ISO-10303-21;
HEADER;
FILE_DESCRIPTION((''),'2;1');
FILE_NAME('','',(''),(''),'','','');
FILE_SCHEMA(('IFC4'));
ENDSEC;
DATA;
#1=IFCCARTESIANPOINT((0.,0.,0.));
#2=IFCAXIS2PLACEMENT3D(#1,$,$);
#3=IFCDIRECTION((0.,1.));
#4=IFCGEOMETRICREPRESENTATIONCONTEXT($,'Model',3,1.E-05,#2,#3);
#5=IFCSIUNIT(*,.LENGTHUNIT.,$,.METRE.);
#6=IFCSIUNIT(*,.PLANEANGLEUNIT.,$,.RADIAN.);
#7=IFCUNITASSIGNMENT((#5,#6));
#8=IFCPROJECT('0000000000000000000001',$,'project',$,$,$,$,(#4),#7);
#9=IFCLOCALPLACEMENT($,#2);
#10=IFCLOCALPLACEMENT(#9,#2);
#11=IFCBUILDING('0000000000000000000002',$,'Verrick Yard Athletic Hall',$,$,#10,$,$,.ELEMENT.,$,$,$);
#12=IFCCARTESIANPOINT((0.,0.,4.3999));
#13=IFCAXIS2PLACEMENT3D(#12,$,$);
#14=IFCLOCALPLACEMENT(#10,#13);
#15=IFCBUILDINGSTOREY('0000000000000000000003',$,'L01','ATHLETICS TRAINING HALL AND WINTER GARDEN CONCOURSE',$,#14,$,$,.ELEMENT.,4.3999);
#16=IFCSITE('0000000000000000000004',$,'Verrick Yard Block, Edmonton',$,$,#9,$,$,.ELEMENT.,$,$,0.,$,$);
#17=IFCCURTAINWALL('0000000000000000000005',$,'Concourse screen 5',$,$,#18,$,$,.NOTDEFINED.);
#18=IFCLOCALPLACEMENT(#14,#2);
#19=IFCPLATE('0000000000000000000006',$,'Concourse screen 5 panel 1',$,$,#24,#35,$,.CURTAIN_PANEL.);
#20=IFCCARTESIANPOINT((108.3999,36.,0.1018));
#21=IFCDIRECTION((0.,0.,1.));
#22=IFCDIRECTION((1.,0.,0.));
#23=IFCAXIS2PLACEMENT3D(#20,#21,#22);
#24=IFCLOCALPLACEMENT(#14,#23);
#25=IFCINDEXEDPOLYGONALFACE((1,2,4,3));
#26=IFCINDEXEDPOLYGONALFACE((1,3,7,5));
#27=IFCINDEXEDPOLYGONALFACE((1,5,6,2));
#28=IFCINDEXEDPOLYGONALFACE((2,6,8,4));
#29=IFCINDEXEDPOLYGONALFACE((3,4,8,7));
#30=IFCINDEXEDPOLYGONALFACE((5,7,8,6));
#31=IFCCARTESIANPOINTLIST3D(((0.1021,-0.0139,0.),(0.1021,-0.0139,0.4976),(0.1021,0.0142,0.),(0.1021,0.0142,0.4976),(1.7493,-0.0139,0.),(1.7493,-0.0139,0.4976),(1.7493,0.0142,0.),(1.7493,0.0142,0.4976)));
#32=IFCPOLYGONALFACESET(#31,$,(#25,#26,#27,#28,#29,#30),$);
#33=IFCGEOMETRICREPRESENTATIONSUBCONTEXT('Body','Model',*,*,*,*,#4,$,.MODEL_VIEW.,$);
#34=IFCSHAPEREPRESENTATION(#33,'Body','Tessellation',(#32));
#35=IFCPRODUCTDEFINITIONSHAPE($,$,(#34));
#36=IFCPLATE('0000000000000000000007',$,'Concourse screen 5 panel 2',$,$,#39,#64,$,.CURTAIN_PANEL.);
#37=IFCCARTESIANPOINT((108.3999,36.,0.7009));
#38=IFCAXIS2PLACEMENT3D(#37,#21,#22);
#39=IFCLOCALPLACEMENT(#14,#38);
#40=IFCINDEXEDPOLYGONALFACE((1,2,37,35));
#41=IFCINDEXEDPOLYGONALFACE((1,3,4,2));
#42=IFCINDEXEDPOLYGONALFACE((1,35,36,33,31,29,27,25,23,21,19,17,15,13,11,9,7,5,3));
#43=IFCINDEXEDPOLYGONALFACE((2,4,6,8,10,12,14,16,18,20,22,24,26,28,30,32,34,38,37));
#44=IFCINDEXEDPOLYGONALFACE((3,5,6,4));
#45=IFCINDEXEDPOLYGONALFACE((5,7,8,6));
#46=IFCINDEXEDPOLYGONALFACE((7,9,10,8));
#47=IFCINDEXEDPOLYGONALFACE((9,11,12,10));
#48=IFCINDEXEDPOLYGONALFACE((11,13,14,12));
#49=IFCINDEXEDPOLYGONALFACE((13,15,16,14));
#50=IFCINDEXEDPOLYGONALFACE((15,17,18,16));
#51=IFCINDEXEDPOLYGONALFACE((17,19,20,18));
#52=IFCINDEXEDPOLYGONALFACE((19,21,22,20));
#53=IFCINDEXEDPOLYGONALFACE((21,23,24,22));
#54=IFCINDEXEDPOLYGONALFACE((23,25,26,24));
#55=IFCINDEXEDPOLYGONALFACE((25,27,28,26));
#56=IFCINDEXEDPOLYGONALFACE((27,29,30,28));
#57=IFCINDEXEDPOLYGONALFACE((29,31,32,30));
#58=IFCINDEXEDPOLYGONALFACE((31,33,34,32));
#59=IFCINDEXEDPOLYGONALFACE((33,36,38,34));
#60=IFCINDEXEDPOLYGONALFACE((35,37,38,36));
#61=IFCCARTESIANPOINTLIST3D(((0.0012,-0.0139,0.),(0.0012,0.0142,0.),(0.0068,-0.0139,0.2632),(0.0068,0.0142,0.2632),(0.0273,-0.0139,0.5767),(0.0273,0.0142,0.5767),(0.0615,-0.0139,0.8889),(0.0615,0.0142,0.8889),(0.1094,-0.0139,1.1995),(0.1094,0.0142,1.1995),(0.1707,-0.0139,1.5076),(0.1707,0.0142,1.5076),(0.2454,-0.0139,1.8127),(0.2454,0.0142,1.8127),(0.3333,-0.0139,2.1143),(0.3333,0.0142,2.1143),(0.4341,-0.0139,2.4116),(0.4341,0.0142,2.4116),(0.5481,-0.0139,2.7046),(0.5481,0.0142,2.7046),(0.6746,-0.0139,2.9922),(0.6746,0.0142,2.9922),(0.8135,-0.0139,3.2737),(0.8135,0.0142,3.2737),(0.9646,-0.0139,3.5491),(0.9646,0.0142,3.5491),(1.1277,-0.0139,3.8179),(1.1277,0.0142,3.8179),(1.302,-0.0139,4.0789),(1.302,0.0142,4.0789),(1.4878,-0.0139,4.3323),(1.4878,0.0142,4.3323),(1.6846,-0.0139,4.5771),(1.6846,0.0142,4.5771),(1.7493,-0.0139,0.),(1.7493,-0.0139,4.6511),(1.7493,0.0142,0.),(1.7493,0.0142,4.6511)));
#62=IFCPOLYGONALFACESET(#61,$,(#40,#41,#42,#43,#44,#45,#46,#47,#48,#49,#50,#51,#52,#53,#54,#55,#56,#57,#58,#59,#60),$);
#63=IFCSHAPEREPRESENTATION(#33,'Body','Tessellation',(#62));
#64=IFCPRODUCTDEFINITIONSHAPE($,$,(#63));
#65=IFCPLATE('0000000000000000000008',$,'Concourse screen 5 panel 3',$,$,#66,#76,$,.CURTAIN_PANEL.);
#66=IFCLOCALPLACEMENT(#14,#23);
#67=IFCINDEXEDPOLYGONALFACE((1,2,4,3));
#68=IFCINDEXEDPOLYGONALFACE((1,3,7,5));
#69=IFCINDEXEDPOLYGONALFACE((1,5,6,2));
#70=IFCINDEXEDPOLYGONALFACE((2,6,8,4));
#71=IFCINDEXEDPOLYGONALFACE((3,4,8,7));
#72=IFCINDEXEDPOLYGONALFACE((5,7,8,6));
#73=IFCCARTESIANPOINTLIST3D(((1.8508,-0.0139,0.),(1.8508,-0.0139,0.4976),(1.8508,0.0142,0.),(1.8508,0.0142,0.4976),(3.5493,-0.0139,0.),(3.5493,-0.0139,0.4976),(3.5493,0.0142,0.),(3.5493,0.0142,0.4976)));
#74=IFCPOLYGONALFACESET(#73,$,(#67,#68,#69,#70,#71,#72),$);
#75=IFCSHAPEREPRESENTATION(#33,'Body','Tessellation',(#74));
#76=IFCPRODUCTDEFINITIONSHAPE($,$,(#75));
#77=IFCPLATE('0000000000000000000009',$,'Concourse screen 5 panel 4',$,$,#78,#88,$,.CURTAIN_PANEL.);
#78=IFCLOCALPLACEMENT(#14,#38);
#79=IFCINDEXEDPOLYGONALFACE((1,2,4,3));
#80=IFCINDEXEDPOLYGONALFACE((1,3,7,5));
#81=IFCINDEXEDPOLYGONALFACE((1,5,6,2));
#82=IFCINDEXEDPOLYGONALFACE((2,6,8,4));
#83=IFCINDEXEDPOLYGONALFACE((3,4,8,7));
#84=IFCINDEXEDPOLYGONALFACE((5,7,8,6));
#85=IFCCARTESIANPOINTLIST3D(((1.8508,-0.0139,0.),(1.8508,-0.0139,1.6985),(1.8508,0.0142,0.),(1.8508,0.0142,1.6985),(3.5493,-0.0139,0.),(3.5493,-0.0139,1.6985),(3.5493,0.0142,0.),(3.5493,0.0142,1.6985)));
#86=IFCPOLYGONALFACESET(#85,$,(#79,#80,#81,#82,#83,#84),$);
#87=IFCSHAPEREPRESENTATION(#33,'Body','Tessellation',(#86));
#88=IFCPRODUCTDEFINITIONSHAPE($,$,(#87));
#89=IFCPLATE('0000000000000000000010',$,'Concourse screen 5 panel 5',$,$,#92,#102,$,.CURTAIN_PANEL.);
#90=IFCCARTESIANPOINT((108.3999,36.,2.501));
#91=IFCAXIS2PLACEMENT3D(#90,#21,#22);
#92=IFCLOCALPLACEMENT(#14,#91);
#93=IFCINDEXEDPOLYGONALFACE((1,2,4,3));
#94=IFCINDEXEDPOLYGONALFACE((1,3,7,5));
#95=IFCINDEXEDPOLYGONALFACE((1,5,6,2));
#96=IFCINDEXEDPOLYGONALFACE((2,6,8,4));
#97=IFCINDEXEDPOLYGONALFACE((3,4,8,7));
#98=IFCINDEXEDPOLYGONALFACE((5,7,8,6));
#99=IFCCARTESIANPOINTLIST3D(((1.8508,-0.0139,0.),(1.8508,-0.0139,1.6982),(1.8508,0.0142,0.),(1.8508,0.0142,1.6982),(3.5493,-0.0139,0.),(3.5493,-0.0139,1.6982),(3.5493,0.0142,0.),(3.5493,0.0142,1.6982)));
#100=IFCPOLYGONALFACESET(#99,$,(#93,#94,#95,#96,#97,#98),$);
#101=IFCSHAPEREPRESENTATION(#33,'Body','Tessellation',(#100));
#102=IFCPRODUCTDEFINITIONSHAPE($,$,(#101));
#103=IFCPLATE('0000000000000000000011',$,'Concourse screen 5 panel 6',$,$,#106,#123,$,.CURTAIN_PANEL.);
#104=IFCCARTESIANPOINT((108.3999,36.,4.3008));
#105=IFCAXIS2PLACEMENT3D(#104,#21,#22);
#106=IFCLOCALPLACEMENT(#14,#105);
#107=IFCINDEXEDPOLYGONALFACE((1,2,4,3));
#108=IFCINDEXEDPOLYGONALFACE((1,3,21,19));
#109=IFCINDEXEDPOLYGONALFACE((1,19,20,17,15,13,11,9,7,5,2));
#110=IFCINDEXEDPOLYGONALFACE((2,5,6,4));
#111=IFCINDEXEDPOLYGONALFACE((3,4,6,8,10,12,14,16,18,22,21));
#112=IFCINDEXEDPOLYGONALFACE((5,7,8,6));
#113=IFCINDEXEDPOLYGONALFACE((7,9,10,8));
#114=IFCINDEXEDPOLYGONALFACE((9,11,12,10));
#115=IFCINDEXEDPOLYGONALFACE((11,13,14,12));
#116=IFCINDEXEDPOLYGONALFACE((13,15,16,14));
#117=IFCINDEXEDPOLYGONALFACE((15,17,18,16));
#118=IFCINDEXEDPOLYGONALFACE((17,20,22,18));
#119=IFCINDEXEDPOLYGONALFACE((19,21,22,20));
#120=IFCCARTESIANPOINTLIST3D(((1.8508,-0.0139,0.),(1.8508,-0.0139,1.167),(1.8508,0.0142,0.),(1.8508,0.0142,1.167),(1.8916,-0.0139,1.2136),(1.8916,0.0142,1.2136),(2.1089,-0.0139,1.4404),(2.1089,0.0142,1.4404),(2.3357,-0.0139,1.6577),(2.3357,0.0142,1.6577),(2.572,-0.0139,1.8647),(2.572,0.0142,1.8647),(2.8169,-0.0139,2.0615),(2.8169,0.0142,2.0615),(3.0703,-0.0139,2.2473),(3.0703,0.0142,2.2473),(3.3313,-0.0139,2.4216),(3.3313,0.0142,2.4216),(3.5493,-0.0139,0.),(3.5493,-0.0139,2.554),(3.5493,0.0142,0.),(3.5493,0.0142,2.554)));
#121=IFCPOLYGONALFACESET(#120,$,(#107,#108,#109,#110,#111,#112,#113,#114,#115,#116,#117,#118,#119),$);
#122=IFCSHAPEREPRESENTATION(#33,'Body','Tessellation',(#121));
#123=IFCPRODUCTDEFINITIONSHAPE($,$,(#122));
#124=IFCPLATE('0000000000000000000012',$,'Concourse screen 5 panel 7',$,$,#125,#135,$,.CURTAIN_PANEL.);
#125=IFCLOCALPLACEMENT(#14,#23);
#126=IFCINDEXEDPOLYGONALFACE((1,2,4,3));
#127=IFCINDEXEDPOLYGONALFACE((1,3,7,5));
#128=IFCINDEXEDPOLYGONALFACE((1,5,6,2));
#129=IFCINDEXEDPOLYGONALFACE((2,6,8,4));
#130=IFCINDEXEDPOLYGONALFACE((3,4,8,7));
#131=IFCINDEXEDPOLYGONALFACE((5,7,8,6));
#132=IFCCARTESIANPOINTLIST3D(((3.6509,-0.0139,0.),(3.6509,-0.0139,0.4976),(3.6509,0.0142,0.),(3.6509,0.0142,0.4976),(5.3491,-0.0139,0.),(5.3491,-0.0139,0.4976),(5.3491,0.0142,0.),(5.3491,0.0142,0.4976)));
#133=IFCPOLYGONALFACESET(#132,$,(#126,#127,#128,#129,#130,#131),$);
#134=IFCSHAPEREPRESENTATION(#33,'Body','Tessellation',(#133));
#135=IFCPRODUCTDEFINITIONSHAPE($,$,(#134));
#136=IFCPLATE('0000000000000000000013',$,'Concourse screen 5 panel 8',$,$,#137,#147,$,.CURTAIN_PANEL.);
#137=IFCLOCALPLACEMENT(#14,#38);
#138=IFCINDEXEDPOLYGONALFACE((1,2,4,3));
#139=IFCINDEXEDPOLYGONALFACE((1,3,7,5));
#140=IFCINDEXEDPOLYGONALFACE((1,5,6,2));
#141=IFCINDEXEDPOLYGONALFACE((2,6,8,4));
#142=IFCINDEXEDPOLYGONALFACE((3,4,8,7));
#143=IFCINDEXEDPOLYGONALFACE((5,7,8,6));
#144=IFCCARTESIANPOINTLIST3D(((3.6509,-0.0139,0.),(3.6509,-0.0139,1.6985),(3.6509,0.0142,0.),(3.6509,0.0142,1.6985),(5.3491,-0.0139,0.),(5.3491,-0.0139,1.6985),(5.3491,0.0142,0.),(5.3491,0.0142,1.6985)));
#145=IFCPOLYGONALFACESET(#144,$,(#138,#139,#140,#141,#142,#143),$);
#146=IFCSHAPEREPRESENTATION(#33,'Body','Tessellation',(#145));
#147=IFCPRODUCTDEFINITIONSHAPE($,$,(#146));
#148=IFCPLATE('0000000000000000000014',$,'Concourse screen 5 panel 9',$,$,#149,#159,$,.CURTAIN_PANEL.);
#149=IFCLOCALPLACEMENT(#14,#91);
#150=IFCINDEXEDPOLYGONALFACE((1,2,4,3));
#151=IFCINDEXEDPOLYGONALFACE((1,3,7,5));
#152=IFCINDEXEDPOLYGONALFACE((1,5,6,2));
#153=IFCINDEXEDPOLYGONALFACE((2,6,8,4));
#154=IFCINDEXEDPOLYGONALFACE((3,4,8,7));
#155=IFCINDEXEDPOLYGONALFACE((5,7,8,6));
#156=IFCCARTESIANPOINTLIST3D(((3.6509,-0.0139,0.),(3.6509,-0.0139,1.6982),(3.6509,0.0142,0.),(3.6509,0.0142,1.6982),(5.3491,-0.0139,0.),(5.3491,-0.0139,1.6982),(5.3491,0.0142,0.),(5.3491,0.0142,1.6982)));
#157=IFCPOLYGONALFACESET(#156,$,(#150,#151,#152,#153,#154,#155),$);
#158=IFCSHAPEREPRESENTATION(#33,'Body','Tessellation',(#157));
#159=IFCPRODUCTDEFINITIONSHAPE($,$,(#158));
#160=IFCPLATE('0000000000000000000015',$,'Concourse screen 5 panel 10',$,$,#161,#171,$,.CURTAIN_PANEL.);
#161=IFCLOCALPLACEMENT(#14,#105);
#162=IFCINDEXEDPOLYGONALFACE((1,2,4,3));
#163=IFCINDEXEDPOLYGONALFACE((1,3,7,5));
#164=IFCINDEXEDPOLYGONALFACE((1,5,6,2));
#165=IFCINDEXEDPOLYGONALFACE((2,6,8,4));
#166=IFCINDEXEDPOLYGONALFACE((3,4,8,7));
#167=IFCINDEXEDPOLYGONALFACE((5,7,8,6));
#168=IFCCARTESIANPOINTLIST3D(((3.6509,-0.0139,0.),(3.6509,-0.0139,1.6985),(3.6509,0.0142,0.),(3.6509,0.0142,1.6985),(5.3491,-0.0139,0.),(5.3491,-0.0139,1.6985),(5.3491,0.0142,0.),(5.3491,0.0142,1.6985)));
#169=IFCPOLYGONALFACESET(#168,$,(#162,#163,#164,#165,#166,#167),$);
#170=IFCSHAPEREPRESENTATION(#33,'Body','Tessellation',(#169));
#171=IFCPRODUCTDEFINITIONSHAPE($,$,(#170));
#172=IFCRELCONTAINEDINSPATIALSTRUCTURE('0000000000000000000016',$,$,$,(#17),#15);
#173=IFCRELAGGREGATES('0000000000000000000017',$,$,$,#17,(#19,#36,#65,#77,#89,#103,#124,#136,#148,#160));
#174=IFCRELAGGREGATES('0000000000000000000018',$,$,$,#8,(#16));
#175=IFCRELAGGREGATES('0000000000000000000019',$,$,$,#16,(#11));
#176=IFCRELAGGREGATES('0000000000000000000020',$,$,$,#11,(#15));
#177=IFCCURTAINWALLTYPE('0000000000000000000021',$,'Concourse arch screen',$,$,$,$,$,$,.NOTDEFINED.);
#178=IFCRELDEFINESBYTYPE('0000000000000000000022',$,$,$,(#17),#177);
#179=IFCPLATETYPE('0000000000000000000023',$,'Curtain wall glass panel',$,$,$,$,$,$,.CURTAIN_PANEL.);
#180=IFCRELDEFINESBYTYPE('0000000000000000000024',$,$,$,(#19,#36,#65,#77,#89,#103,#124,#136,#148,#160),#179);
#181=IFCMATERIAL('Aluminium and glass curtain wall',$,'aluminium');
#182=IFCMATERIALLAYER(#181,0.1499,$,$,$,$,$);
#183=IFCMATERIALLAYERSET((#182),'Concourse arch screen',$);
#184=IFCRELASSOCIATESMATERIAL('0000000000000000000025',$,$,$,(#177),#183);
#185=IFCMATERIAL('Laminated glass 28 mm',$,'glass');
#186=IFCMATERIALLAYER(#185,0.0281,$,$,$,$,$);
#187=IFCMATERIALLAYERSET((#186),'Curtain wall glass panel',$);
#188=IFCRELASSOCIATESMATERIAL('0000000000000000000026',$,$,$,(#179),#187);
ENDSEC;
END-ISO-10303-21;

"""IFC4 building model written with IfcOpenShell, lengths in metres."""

from ifc_helpers import new_model, si_unit, direction, frame, origin, place, context, subcontext, project, spatial, polyline, outline, extrude, material, layer, layer_set, type_object, element, aggregate, save


model = new_model("IFC4")

# Units and contexts
model_context = context("Model", 3, precision=1e-05, world=origin(), true_north=direction((0.0, 1.0)))
body_context = subcontext(model_context, "Body", "Model", "MODEL_VIEW")
ifc_project = project(units=[si_unit("LENGTHUNIT", "METRE"), si_unit("PLANEANGLEUNIT", "RADIAN")], contexts=[model_context])

# Site, building, storey
site_placement = place(None, origin())
site = spatial("IfcSite", under=ifc_project, at=site_placement, Name="Verrick Yard Block, Edmonton", CompositionType="ELEMENT", RefElevation=0.0)
building_placement = place(site_placement, origin())
building = spatial("IfcBuilding", under=site, at=building_placement, Name="Verrick Yard Athletic Hall", CompositionType="ELEMENT")
storey_placement = place(building_placement, frame((0.0, 0.0, 4.3999)))
storey = spatial("IfcBuildingStorey", under=building, at=storey_placement, Name="L01", Description="ATHLETICS TRAINING HALL AND WINTER GARDEN CONCOURSE", CompositionType="ELEMENT", Elevation=4.3999)

# Curtain wall, plates
ifc_material_1 = material(Name="Aluminium and glass curtain wall", Category="aluminium")
ifc_layer_1 = layer(ifc_material_1, 0.1499)
ifc_layer_set_1 = layer_set([ifc_layer_1], Name="Concourse arch screen")
curtain_wall_type = type_object("IfcCurtainWallType", Name="Concourse arch screen", PredefinedType="NOTDEFINED", material=ifc_layer_set_1)
curtain_wall_placement = place(storey_placement, origin())
curtain_wall = element("IfcCurtainWall", 1, at=curtain_wall_placement, inside=storey, type_object=curtain_wall_type, Name="Concourse screen 5", PredefinedType="NOTDEFINED")
ifc_material_2 = material(Name="Laminated glass 28 mm", Category="glass")
ifc_layer_2 = layer(ifc_material_2, 0.0281)
ifc_layer_set_2 = layer_set([ifc_layer_2], Name="Curtain wall glass panel")
plate_type = type_object("IfcPlateType", Name="Curtain wall glass panel", PredefinedType="CURTAIN_PANEL", material=ifc_layer_set_2)
plate_1_placement = place(storey_placement, frame((108.3999, 36.0, 0.1018), z_axis=(0.0, 0.0, 1.0), x_axis=(1.0, 0.0, 0.0)))
plate_1 = element("IfcPlate", 2, at=plate_1_placement, type_object=plate_type, Name="Concourse screen 5 panel 1", PredefinedType="CURTAIN_PANEL", context=body_context, shape_type="SweptSolid", body=[
    extrude(outline(polyline([(1.7493, 0.0), (1.7493, 0.4976), (0.1021, 0.4976), (0.1021, 0.0), (1.7493, 0.0)])), frame((0.0, 0.0142, 0.0), z_axis=(0.0, -1.0, 0.0), x_axis=(1.0, 0.0, 0.0)), (0.0, 0.0, 1.0), 0.0281),
])
plate_2_placement = place(storey_placement, frame((108.3999, 36.0, 0.7009), z_axis=(0.0, 0.0, 1.0), x_axis=(1.0, 0.0, 0.0)))
plate_2 = element("IfcPlate", 3, at=plate_2_placement, type_object=plate_type, Name="Concourse screen 5 panel 2", PredefinedType="CURTAIN_PANEL", context=body_context, shape_type="SweptSolid", body=[
    extrude(outline(polyline([(1.7493, 4.6511), (1.6846, 4.5771), (1.4878, 4.3323), (1.302, 4.0789), (1.1277, 3.8179), (0.9646, 3.5491), (0.8135, 3.2737), (0.6746, 2.9922), (0.5481, 2.7046), (0.4341, 2.4116), (0.3333, 2.1143), (0.2454, 1.8127), (0.1707, 1.5076), (0.1094, 1.1995), (0.0615, 0.8889), (0.0273, 0.5767), (0.0068, 0.2632), (0.0012, 0.0), (1.7493, 0.0), (1.7493, 4.6511)])), frame((0.0, 0.0142, 0.0), z_axis=(0.0, -1.0, 0.0), x_axis=(1.0, 0.0, 0.0)), (0.0, 0.0, 1.0), 0.0281),
])
plate_3_placement = place(storey_placement, frame((108.3999, 36.0, 0.1018), z_axis=(0.0, 0.0, 1.0), x_axis=(1.0, 0.0, 0.0)))
plate_3 = element("IfcPlate", 4, at=plate_3_placement, type_object=plate_type, Name="Concourse screen 5 panel 3", PredefinedType="CURTAIN_PANEL", context=body_context, shape_type="SweptSolid", body=[
    extrude(outline(polyline([(3.5493, 0.0), (3.5493, 0.4976), (1.8508, 0.4976), (1.8508, 0.0), (3.5493, 0.0)])), frame((0.0, 0.0142, 0.0), z_axis=(0.0, -1.0, 0.0), x_axis=(1.0, 0.0, 0.0)), (0.0, 0.0, 1.0), 0.0281),
])
plate_4_placement = place(storey_placement, frame((108.3999, 36.0, 0.7009), z_axis=(0.0, 0.0, 1.0), x_axis=(1.0, 0.0, 0.0)))
plate_4 = element("IfcPlate", 5, at=plate_4_placement, type_object=plate_type, Name="Concourse screen 5 panel 4", PredefinedType="CURTAIN_PANEL", context=body_context, shape_type="SweptSolid", body=[
    extrude(outline(polyline([(3.5493, 0.0), (3.5493, 1.6985), (1.8508, 1.6985), (1.8508, 0.0), (3.5493, 0.0)])), frame((0.0, 0.0142, 0.0), z_axis=(0.0, -1.0, 0.0), x_axis=(1.0, 0.0, 0.0)), (0.0, 0.0, 1.0), 0.0281),
])
plate_5_placement = place(storey_placement, frame((108.3999, 36.0, 2.501), z_axis=(0.0, 0.0, 1.0), x_axis=(1.0, 0.0, 0.0)))
plate_5 = element("IfcPlate", 6, at=plate_5_placement, type_object=plate_type, Name="Concourse screen 5 panel 5", PredefinedType="CURTAIN_PANEL", context=body_context, shape_type="SweptSolid", body=[
    extrude(outline(polyline([(3.5493, 0.0), (3.5493, 1.6982), (1.8508, 1.6982), (1.8508, 0.0), (3.5493, 0.0)])), frame((0.0, 0.0142, 0.0), z_axis=(0.0, -1.0, 0.0), x_axis=(1.0, 0.0, 0.0)), (0.0, 0.0, 1.0), 0.0281),
])
plate_6_placement = place(storey_placement, frame((108.3999, 36.0, 4.3008), z_axis=(0.0, 0.0, 1.0), x_axis=(1.0, 0.0, 0.0)))
plate_6 = element("IfcPlate", 7, at=plate_6_placement, type_object=plate_type, Name="Concourse screen 5 panel 6", PredefinedType="CURTAIN_PANEL", context=body_context, shape_type="SweptSolid", body=[
    extrude(outline(polyline([(3.5493, 2.554), (3.3313, 2.4216), (3.0703, 2.2473), (2.8169, 2.0615), (2.572, 1.8647), (2.3357, 1.6577), (2.1089, 1.4404), (1.8916, 1.2136), (1.8508, 1.167), (1.8508, 0.0), (3.5493, 0.0), (3.5493, 2.554)])), frame((0.0, 0.0142, 0.0), z_axis=(0.0, -1.0, 0.0), x_axis=(1.0, 0.0, 0.0)), (0.0, 0.0, 1.0), 0.0281),
])
plate_7_placement = place(storey_placement, frame((108.3999, 36.0, 0.1018), z_axis=(0.0, 0.0, 1.0), x_axis=(1.0, 0.0, 0.0)))
plate_7 = element("IfcPlate", 8, at=plate_7_placement, type_object=plate_type, Name="Concourse screen 5 panel 7", PredefinedType="CURTAIN_PANEL", context=body_context, shape_type="SweptSolid", body=[
    extrude(outline(polyline([(5.3491, 0.0), (5.3491, 0.4976), (3.6509, 0.4976), (3.6509, 0.0), (5.3491, 0.0)])), frame((0.0, 0.0142, 0.0), z_axis=(0.0, -1.0, 0.0), x_axis=(1.0, 0.0, 0.0)), (0.0, 0.0, 1.0), 0.0281),
])
plate_8_placement = place(storey_placement, frame((108.3999, 36.0, 0.7009), z_axis=(0.0, 0.0, 1.0), x_axis=(1.0, 0.0, 0.0)))
plate_8 = element("IfcPlate", 9, at=plate_8_placement, type_object=plate_type, Name="Concourse screen 5 panel 8", PredefinedType="CURTAIN_PANEL", context=body_context, shape_type="SweptSolid", body=[
    extrude(outline(polyline([(5.3491, 0.0), (5.3491, 1.6985), (3.6509, 1.6985), (3.6509, 0.0), (5.3491, 0.0)])), frame((0.0, 0.0142, 0.0), z_axis=(0.0, -1.0, 0.0), x_axis=(1.0, 0.0, 0.0)), (0.0, 0.0, 1.0), 0.0281),
])
plate_9_placement = place(storey_placement, frame((108.3999, 36.0, 2.501), z_axis=(0.0, 0.0, 1.0), x_axis=(1.0, 0.0, 0.0)))
plate_9 = element("IfcPlate", 10, at=plate_9_placement, type_object=plate_type, Name="Concourse screen 5 panel 9", PredefinedType="CURTAIN_PANEL", context=body_context, shape_type="SweptSolid", body=[
    extrude(outline(polyline([(5.3491, 0.0), (5.3491, 1.6982), (3.6509, 1.6982), (3.6509, 0.0), (5.3491, 0.0)])), frame((0.0, 0.0142, 0.0), z_axis=(0.0, -1.0, 0.0), x_axis=(1.0, 0.0, 0.0)), (0.0, 0.0, 1.0), 0.0281),
])
plate_10_placement = place(storey_placement, frame((108.3999, 36.0, 4.3008), z_axis=(0.0, 0.0, 1.0), x_axis=(1.0, 0.0, 0.0)))
plate_10 = element("IfcPlate", 11, at=plate_10_placement, type_object=plate_type, Name="Concourse screen 5 panel 10", PredefinedType="CURTAIN_PANEL", context=body_context, shape_type="SweptSolid", body=[
    extrude(outline(polyline([(5.3491, 0.0), (5.3491, 1.6985), (3.6509, 1.6985), (3.6509, 0.0), (5.3491, 0.0)])), frame((0.0, 0.0142, 0.0), z_axis=(0.0, -1.0, 0.0), x_axis=(1.0, 0.0, 0.0)), (0.0, 0.0, 1.0), 0.0281),
])
aggregate(curtain_wall, [plate_1, plate_2, plate_3, plate_4, plate_5, plate_6, plate_7, plate_8, plate_9, plate_10])

save(model, "model.ifc")
